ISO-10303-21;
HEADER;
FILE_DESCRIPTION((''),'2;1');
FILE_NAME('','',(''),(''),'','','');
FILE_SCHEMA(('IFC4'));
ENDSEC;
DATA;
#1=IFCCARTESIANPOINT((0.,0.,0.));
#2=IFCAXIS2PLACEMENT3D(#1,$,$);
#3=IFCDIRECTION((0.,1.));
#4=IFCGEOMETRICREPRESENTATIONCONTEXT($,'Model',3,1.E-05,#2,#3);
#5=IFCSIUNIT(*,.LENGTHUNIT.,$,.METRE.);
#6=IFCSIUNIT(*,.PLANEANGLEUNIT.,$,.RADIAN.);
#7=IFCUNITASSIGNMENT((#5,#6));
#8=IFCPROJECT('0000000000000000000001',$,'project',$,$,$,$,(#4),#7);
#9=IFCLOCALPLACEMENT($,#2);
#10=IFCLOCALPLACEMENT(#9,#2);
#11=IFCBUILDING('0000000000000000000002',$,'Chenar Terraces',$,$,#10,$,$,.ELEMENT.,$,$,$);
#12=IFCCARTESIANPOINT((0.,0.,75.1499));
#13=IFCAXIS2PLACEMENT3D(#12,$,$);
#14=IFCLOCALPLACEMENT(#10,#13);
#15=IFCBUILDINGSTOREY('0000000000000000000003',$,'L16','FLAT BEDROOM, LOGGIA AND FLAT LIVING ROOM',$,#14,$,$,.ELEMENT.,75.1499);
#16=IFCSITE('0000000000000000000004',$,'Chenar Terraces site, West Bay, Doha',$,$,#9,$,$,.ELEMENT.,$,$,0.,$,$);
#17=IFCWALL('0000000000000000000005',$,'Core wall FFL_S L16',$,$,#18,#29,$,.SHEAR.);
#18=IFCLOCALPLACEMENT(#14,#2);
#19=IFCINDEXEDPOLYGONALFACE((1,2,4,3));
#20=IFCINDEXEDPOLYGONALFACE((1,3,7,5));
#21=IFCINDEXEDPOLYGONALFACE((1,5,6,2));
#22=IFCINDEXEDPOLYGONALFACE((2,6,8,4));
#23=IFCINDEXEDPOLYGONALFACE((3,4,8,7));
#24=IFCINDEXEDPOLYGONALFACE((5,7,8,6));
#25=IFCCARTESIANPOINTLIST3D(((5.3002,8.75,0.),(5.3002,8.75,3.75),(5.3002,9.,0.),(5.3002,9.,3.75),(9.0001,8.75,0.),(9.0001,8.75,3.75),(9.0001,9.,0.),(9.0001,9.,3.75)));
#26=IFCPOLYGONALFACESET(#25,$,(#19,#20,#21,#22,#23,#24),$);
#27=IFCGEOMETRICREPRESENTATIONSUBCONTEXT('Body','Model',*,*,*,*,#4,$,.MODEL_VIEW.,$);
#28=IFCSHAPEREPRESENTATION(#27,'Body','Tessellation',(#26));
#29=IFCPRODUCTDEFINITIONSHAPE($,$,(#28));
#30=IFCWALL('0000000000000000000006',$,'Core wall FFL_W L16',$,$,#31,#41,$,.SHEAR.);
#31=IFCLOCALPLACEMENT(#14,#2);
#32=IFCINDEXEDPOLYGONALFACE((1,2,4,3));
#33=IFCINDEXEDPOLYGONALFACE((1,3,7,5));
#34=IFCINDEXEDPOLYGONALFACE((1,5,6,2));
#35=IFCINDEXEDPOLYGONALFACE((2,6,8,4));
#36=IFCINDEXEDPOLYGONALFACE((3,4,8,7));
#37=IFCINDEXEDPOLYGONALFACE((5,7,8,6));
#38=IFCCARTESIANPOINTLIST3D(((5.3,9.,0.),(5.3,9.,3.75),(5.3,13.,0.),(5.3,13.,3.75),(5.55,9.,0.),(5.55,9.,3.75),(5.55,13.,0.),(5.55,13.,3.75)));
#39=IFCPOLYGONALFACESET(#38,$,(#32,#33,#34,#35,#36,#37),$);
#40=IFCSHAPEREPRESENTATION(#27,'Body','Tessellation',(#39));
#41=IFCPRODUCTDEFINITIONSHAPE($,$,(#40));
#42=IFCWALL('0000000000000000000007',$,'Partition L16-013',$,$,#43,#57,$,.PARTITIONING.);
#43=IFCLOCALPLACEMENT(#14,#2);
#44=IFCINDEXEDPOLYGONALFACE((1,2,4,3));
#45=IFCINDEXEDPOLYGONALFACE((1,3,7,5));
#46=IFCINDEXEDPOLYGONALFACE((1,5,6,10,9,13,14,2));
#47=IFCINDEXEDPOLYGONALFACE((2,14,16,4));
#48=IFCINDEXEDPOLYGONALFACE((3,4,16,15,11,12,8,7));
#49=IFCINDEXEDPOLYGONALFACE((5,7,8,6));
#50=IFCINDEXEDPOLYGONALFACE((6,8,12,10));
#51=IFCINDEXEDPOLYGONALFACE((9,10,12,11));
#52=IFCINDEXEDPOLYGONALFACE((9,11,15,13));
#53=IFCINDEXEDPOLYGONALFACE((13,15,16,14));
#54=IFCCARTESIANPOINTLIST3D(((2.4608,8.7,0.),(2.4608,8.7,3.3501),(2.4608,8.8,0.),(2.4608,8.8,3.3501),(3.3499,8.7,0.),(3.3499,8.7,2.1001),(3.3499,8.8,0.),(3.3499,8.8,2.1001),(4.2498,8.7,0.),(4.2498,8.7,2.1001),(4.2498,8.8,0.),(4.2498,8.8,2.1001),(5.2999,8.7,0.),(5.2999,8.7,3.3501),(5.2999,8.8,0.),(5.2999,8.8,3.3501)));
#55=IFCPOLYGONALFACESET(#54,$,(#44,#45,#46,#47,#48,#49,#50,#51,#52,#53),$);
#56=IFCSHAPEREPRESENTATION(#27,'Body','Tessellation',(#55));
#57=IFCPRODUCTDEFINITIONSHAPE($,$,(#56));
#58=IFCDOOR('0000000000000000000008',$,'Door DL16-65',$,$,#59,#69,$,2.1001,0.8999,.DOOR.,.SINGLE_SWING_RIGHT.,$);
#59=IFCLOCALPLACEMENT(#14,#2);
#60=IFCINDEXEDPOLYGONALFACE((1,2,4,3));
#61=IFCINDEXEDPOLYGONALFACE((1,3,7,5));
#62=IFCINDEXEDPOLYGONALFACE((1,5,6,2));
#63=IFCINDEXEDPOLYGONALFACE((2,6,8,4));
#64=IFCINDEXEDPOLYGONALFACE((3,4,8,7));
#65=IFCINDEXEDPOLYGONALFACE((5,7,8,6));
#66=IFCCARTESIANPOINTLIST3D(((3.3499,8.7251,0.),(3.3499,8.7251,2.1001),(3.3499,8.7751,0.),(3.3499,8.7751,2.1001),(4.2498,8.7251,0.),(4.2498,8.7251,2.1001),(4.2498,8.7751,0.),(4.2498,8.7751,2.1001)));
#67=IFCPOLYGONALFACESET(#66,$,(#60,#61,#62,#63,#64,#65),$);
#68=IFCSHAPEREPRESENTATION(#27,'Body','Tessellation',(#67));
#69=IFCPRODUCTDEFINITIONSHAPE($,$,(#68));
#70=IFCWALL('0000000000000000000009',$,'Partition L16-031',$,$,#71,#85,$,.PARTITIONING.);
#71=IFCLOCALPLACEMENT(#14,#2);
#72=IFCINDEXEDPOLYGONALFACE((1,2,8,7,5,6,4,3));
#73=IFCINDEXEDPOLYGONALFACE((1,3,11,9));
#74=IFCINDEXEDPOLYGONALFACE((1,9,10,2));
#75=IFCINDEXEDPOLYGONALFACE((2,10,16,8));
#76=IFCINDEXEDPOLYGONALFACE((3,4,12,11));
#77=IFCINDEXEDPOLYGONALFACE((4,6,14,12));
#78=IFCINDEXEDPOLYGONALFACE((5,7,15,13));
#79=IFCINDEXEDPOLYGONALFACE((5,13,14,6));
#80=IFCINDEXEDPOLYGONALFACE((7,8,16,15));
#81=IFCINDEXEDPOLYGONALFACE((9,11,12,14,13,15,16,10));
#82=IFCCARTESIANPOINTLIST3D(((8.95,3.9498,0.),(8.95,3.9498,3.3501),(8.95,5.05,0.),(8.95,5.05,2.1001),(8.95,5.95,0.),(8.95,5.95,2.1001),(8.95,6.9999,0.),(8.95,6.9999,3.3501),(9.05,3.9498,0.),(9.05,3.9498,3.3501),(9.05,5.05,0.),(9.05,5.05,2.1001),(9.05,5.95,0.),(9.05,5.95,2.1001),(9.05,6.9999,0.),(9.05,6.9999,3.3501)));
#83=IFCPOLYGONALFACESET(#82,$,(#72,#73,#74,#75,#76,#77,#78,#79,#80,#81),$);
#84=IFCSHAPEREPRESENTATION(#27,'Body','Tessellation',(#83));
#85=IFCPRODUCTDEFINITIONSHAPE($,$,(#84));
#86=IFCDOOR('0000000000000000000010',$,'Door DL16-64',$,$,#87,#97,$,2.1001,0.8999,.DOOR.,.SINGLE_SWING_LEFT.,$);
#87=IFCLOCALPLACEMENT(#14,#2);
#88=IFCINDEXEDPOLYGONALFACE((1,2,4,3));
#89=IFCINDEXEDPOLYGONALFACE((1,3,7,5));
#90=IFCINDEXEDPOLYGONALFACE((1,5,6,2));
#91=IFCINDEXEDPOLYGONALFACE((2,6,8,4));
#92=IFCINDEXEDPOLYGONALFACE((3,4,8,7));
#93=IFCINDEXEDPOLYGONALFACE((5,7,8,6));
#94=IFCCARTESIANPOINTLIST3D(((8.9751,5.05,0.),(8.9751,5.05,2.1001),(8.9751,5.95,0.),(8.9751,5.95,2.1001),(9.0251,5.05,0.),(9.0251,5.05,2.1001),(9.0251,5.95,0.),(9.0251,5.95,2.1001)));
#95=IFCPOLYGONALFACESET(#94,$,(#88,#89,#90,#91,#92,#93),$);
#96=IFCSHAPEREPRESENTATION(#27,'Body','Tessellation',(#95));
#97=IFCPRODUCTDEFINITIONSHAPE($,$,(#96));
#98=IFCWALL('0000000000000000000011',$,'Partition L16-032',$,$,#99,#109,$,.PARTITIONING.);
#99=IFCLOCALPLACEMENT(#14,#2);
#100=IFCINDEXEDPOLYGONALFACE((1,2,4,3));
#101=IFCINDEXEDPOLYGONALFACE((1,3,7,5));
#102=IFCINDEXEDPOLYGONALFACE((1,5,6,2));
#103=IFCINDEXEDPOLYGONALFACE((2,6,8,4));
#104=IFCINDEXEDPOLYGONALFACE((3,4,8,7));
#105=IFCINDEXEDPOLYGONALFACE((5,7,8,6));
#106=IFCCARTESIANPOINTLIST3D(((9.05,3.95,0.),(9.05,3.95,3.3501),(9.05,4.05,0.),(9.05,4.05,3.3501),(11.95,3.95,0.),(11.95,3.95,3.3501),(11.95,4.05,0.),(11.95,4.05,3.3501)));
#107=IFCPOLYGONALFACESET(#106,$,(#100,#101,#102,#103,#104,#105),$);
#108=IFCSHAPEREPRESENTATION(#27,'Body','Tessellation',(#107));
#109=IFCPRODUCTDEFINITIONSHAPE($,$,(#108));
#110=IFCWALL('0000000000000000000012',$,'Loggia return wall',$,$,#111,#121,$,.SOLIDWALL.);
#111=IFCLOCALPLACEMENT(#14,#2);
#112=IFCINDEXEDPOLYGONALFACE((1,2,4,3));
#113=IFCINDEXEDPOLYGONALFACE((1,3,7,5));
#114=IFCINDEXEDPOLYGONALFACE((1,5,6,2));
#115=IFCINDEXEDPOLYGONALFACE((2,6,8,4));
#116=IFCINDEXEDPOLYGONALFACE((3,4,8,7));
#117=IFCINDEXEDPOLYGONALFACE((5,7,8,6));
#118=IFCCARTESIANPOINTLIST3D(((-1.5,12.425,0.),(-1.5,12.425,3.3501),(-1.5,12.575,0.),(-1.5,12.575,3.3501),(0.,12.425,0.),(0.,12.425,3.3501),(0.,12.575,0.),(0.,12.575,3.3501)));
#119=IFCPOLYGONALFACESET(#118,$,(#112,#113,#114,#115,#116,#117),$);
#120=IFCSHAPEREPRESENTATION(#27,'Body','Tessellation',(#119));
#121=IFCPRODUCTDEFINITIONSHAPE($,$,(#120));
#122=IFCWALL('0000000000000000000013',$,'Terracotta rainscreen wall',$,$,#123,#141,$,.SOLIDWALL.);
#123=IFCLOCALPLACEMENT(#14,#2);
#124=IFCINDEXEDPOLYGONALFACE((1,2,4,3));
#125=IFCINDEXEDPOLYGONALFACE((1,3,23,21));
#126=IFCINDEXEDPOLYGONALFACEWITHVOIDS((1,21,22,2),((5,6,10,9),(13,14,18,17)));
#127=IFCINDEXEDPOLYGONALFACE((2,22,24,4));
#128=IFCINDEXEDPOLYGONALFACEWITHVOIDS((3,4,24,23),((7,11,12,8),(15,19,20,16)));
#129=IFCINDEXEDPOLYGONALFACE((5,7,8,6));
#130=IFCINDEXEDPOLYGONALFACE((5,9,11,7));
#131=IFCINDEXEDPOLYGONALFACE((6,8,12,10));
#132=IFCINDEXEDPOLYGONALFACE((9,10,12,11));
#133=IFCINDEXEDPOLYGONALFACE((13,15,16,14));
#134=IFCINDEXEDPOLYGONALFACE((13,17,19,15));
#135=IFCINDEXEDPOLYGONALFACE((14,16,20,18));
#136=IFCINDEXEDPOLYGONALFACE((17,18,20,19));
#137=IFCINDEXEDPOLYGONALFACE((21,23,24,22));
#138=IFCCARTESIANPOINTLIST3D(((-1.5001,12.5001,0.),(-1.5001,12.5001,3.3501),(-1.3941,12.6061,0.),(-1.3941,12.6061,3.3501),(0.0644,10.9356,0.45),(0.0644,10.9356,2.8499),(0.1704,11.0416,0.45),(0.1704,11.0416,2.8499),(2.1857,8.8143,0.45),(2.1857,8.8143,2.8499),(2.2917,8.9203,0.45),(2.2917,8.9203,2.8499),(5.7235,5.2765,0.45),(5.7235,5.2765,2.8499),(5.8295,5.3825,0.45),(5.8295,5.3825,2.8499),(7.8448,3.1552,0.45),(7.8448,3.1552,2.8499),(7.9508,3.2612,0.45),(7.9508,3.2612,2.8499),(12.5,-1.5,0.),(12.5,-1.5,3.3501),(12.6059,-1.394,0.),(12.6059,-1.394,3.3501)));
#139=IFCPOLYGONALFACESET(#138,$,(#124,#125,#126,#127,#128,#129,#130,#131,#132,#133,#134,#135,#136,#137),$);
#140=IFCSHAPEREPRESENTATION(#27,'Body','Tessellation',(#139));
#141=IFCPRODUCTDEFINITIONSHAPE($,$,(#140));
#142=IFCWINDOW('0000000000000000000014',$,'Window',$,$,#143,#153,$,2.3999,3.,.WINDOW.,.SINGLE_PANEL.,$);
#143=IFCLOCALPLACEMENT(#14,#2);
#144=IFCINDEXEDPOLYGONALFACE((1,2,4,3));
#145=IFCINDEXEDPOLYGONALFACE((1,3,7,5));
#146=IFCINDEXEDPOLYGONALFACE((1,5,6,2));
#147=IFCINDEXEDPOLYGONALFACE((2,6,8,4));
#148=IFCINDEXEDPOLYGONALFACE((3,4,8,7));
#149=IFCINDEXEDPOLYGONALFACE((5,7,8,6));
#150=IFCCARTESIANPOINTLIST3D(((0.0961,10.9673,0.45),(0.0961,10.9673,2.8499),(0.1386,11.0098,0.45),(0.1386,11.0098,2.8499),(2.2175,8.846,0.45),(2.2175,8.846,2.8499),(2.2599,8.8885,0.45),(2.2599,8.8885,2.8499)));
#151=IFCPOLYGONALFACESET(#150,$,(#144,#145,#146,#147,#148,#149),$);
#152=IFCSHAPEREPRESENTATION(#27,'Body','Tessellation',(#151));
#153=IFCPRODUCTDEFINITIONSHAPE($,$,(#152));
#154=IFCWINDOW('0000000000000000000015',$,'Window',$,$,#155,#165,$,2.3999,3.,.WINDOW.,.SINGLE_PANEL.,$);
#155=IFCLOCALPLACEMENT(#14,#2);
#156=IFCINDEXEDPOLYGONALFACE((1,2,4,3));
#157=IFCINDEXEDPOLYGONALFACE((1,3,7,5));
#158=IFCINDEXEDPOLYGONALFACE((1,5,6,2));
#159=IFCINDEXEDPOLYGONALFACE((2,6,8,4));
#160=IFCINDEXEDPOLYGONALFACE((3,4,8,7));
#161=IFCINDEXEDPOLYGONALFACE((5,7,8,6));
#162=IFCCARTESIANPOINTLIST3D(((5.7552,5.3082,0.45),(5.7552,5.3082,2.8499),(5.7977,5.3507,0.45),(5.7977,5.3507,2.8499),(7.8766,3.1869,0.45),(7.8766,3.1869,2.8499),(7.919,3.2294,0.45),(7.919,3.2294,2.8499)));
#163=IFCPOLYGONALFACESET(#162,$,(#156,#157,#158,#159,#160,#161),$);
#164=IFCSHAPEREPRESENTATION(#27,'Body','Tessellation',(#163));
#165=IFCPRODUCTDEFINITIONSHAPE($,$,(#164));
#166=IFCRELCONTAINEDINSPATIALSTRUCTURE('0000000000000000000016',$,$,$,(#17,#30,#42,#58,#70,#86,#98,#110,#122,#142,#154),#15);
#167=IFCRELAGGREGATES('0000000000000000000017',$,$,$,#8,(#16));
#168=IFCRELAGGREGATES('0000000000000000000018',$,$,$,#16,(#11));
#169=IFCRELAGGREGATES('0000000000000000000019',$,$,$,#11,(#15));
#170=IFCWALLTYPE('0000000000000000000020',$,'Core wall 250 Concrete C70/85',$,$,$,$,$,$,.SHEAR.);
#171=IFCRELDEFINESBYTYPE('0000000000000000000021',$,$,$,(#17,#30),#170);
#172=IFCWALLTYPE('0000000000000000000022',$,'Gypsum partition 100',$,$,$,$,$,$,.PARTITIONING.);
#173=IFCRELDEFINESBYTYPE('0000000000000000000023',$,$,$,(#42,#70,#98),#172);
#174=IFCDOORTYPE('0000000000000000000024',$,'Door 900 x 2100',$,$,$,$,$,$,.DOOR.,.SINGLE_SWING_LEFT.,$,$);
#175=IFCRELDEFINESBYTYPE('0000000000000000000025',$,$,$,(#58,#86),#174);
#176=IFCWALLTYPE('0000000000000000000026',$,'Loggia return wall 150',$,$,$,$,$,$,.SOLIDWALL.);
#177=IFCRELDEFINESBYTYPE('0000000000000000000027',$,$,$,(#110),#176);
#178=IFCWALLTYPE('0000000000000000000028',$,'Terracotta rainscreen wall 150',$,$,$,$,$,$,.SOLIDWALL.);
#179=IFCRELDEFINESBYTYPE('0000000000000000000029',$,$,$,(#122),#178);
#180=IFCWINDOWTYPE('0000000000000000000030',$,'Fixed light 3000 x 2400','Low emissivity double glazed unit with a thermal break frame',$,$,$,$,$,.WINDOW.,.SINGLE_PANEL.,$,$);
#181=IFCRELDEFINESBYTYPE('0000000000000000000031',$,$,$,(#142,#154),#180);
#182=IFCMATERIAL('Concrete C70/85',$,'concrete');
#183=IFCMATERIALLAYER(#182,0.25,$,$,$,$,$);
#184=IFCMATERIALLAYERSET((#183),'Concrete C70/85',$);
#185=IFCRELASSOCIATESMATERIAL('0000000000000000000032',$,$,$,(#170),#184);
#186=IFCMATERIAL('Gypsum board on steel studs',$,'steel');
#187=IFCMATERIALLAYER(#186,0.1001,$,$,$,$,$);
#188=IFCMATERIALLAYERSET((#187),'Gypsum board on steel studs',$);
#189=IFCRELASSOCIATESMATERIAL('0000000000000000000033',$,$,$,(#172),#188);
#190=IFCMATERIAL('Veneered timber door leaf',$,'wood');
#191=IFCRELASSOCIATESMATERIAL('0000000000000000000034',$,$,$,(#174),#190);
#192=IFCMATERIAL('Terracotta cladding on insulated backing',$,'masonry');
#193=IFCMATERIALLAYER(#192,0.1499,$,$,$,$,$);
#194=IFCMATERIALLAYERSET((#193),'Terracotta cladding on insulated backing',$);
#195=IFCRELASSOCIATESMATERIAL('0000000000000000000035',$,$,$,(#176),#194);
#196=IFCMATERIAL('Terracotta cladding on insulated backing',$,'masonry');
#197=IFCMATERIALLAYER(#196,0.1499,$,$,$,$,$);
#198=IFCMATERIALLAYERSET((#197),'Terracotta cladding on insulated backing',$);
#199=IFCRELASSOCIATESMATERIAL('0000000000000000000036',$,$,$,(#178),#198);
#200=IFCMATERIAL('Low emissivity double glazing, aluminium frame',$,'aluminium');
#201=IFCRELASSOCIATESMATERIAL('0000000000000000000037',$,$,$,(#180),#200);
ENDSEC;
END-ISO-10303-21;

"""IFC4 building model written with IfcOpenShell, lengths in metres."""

from ifc_helpers import new_model, si_unit, direction, frame, frame_2d, origin, place, context, subcontext, project, spatial, rectangle, extrude, material, layer, layer_set, type_object, element, fill, save


model = new_model("IFC4")

# Units and contexts
model_context = context("Model", 3, precision=1e-05, world=origin(), true_north=direction((0.0, 1.0)))
body_context = subcontext(model_context, "Body", "Model", "MODEL_VIEW")
ifc_project = project(units=[si_unit("LENGTHUNIT", "METRE"), si_unit("PLANEANGLEUNIT", "RADIAN")], contexts=[model_context])

# Site, building, storey
site_placement = place(None, origin())
site = spatial("IfcSite", under=ifc_project, at=site_placement, Name="Chenar Terraces site, West Bay, Doha", CompositionType="ELEMENT", RefElevation=0.0)
building_placement = place(site_placement, origin())
building = spatial("IfcBuilding", under=site, at=building_placement, Name="Chenar Terraces", CompositionType="ELEMENT")
storey_placement = place(building_placement, frame((0.0, 0.0, 75.1499)))
storey = spatial("IfcBuildingStorey", under=building, at=storey_placement, Name="L16", Description="FLAT BEDROOM, LOGGIA AND FLAT LIVING ROOM", CompositionType="ELEMENT", Elevation=75.1499)

# Shared definitions
ifc_material_1 = material(Name="Concrete C70/85", Category="concrete")
ifc_layer_1 = layer(ifc_material_1, 0.25)
ifc_layer_set_1 = layer_set([ifc_layer_1], Name="Concrete C70/85")
wall_type_1 = type_object("IfcWallType", Name="Core wall 250 Concrete C70/85", PredefinedType="SHEAR", material=ifc_layer_set_1)

# Walls
wall_1_placement = place(storey_placement, frame((5.3, 8.875, 0.0), z_axis=(0.0, 0.0, 1.0), x_axis=(1.0, 0.0, 0.0)))
element("IfcWall", 1, at=wall_1_placement, inside=storey, type_object=wall_type_1, Name="Core wall FFL_S L16", PredefinedType="SHEAR", context=body_context, shape_type="SweptSolid", body=[
    extrude(rectangle(XDim=3.7, YDim=0.25, at=frame_2d((1.8501, 0.0))), origin(), (0.0, 0.0, 1.0), 3.75),
])
wall_2_placement = place(storey_placement, frame((5.425, 9.0, 0.0), z_axis=(0.0, 0.0, 1.0), x_axis=(0.0, 1.0, 0.0)))
element("IfcWall", 2, at=wall_2_placement, inside=storey, type_object=wall_type_1, Name="Core wall FFL_W L16", PredefinedType="SHEAR", context=body_context, shape_type="SweptSolid", body=[
    extrude(rectangle(XDim=4.0, YDim=0.25, at=frame_2d((2.0, 0.0))), origin(), (0.0, 0.0, 1.0), 3.75),
])

# Walls, openings, doors
ifc_material_2 = material(Name="Gypsum board on steel studs", Category="steel")
ifc_layer_2 = layer(ifc_material_2, 0.1001)
ifc_layer_set_2 = layer_set([ifc_layer_2], Name="Gypsum board on steel studs")
wall_type_2 = type_object("IfcWallType", Name="Gypsum partition 100", PredefinedType="PARTITIONING", material=ifc_layer_set_2)
wall_3_placement = place(storey_placement, frame((2.4609, 8.75, 0.0), z_axis=(0.0, 0.0, 1.0), x_axis=(1.0, 0.0, 0.0)))
wall_3 = element("IfcWall", 3, at=wall_3_placement, inside=storey, type_object=wall_type_2, Name="Partition L16-013", PredefinedType="PARTITIONING", context=body_context, shape_type="SweptSolid", body=[
    extrude(rectangle(XDim=2.8391, YDim=0.1001, at=frame_2d((1.4194, 0.0))), origin(), (0.0, 0.0, 1.0), 3.3501),
])
opening_1_placement = place(wall_3_placement, frame((0.8889, 0.0, 0.0)))
opening_1 = element("IfcOpeningElement", 4, at=opening_1_placement, cuts=wall_3, PredefinedType="OPENING", context=body_context, shape_type="SweptSolid", body=[
    extrude(rectangle(XDim=0.8999, YDim=2.1001, at=frame_2d((0.45, 1.05))), frame((0.0, 0.0601, 0.0), z_axis=(0.0, -1.0, 0.0), x_axis=(1.0, 0.0, 0.0)), (0.0, 0.0, 1.0), 0.1201),
])
ifc_material_3 = material(Name="Veneered timber door leaf", Category="wood")
door_type_1 = type_object("IfcDoorType", Name="Door 900 x 2100", OperationType="SINGLE_SWING_LEFT", PredefinedType="DOOR", material=ifc_material_3)
door_1_placement = place(opening_1_placement, frame((0.8999, 0.0, 0.0), z_axis=(0.0, 0.0, 1.0), x_axis=(-1.0, 0.0, 0.0)))
door_1 = element("IfcDoor", 5, at=door_1_placement, inside=storey, type_object=door_type_1, Name="Door DL16-65", OperationType="SINGLE_SWING_RIGHT", OverallHeight=2.1001, OverallWidth=0.8999, PredefinedType="DOOR", context=body_context, shape_type="SweptSolid", body=[
    extrude(rectangle(XDim=0.8999, YDim=2.1001, at=frame_2d((0.45, 1.05))), frame((0.0, 0.0249, 0.0), z_axis=(0.0, -1.0, 0.0), x_axis=(1.0, 0.0, 0.0)), (0.0, 0.0, 1.0), 0.05),
])
fill(opening_1, door_1)
wall_4_placement = place(storey_placement, frame((9.0, 3.95, 0.0), z_axis=(0.0, 0.0, 1.0), x_axis=(0.0, 1.0, 0.0)))
wall_4 = element("IfcWall", 6, at=wall_4_placement, inside=storey, type_object=wall_type_2, Name="Partition L16-031", PredefinedType="PARTITIONING", context=body_context, shape_type="SweptSolid", body=[
    extrude(rectangle(XDim=3.05, YDim=0.1001, at=frame_2d((1.5249, 0.0))), origin(), (0.0, 0.0, 1.0), 3.3501),
])
opening_2_placement = place(wall_4_placement, frame((1.1001, 0.0, 0.0)))
opening_2 = element("IfcOpeningElement", 7, at=opening_2_placement, cuts=wall_4, PredefinedType="OPENING", context=body_context, shape_type="SweptSolid", body=[
    extrude(rectangle(XDim=0.8999, YDim=2.1001, at=frame_2d((0.45, 1.05))), frame((0.0, 0.0601, 0.0), z_axis=(0.0, -1.0, 0.0), x_axis=(1.0, 0.0, 0.0)), (0.0, 0.0, 1.0), 0.1201),
])
door_2_placement = place(opening_2_placement, origin())
door_2 = element("IfcDoor", 8, at=door_2_placement, inside=storey, type_object=door_type_1, Name="Door DL16-64", OperationType="SINGLE_SWING_LEFT", OverallHeight=2.1001, OverallWidth=0.8999, PredefinedType="DOOR", context=body_context, shape_type="SweptSolid", body=[
    extrude(rectangle(XDim=0.8999, YDim=2.1001, at=frame_2d((0.45, 1.05))), frame((0.0, 0.0249, 0.0), z_axis=(0.0, -1.0, 0.0), x_axis=(1.0, 0.0, 0.0)), (0.0, 0.0, 1.0), 0.05),
])
fill(opening_2, door_2)

# Walls
wall_5_placement = place(storey_placement, frame((9.05, 4.0, 0.0), z_axis=(0.0, 0.0, 1.0), x_axis=(1.0, 0.0, 0.0)))
element("IfcWall", 9, at=wall_5_placement, inside=storey, type_object=wall_type_2, Name="Partition L16-032", PredefinedType="PARTITIONING", context=body_context, shape_type="SweptSolid", body=[
    extrude(rectangle(XDim=2.8999, YDim=0.1001, at=frame_2d((1.45, 0.0))), origin(), (0.0, 0.0, 1.0), 3.3501),
])
ifc_material_4 = material(Name="Terracotta cladding on insulated backing", Category="masonry")
ifc_layer_3 = layer(ifc_material_4, 0.1499)
ifc_layer_set_3 = layer_set([ifc_layer_3], Name="Terracotta cladding on insulated backing")
wall_type_3 = type_object("IfcWallType", Name="Loggia return wall 150", PredefinedType="SOLIDWALL", material=ifc_layer_set_3)
wall_6_placement = place(storey_placement, frame((-1.5, 12.5, 0.0), z_axis=(0.0, 0.0, 1.0), x_axis=(1.0, 0.0, 0.0)))
element("IfcWall", 10, at=wall_6_placement, inside=storey, type_object=wall_type_3, Name="Loggia return wall", PredefinedType="SOLIDWALL", context=body_context, shape_type="SweptSolid", body=[
    extrude(rectangle(XDim=1.5, YDim=0.1499, at=frame_2d((0.75, 0.0))), origin(), (0.0, 0.0, 1.0), 3.3501),
])

# Wall, openings, windows
ifc_material_5 = material(Name="Terracotta cladding on insulated backing", Category="masonry")
ifc_layer_4 = layer(ifc_material_5, 0.1499)
ifc_layer_set_4 = layer_set([ifc_layer_4], Name="Terracotta cladding on insulated backing")
wall_type_4 = type_object("IfcWallType", Name="Terracotta rainscreen wall 150", PredefinedType="SOLIDWALL", material=ifc_layer_set_4)
wall_7_placement = place(storey_placement, frame((-1.447, 12.553, 0.0), z_axis=(0.0, 0.0, 1.0), x_axis=(0.707107, -0.707107, 0.0)))
wall_7 = element("IfcWall", 11, at=wall_7_placement, inside=storey, type_object=wall_type_4, Name="Terracotta rainscreen wall", PredefinedType="SOLIDWALL", context=body_context, shape_type="SweptSolid", body=[
    extrude(rectangle(XDim=19.7991, YDim=0.1499, at=frame_2d((9.8994, 0.0))), origin(), (0.0, 0.0, 1.0), 3.3501),
])
opening_3_placement = place(wall_7_placement, frame((2.2124, 0.0, 0.45)))
opening_3 = element("IfcOpeningElement", 12, at=opening_3_placement, cuts=wall_7, PredefinedType="OPENING", context=body_context, shape_type="SweptSolid", body=[
    extrude(rectangle(XDim=3.0, YDim=2.3999, at=frame_2d((1.5, 1.2))), frame((0.0, 0.085, 0.0), z_axis=(0.0, -1.0, 0.0), x_axis=(1.0, 0.0, 0.0)), (0.0, 0.0, 1.0), 0.1699),
])
opening_4_placement = place(wall_7_placement, frame((10.2156, 0.0, 0.45)))
opening_4 = element("IfcOpeningElement", 13, at=opening_4_placement, cuts=wall_7, PredefinedType="OPENING", context=body_context, shape_type="SweptSolid", body=[
    extrude(rectangle(XDim=3.0, YDim=2.3999, at=frame_2d((1.5, 1.2))), frame((0.0, 0.085, 0.0), z_axis=(0.0, -1.0, 0.0), x_axis=(1.0, 0.0, 0.0)), (0.0, 0.0, 1.0), 0.1699),
])
ifc_material_6 = material(Name="Low emissivity double glazing, aluminium frame", Category="aluminium")
window_type = type_object("IfcWindowType", Name="Fixed light 3000 x 2400", Description="Low emissivity double glazed unit with a thermal break frame", PartitioningType="SINGLE_PANEL", PredefinedType="WINDOW", material=ifc_material_6)
window_1_placement = place(opening_3_placement, origin())
window_1 = element("IfcWindow", 14, at=window_1_placement, inside=storey, type_object=window_type, Name="Window", OverallHeight=2.3999, OverallWidth=3.0, PartitioningType="SINGLE_PANEL", PredefinedType="WINDOW", context=body_context, shape_type="SweptSolid", body=[
    extrude(rectangle(XDim=3.0, YDim=2.3999, at=frame_2d((1.5, 1.2))), frame((0.0, 0.03, 0.0), z_axis=(0.0, -1.0, 0.0), x_axis=(1.0, 0.0, 0.0)), (0.0, 0.0, 1.0), 0.0601),
])
fill(opening_3, window_1)
window_2_placement = place(opening_4_placement, origin())
window_2 = element("IfcWindow", 15, at=window_2_placement, inside=storey, type_object=window_type, Name="Window", OverallHeight=2.3999, OverallWidth=3.0, PartitioningType="SINGLE_PANEL", PredefinedType="WINDOW", context=body_context, shape_type="SweptSolid", body=[
    extrude(rectangle(XDim=3.0, YDim=2.3999, at=frame_2d((1.5, 1.2))), frame((0.0, 0.03, 0.0), z_axis=(0.0, -1.0, 0.0), x_axis=(1.0, 0.0, 0.0)), (0.0, 0.0, 1.0), 0.0601),
])
fill(opening_4, window_2)

save(model, "model.ifc")
